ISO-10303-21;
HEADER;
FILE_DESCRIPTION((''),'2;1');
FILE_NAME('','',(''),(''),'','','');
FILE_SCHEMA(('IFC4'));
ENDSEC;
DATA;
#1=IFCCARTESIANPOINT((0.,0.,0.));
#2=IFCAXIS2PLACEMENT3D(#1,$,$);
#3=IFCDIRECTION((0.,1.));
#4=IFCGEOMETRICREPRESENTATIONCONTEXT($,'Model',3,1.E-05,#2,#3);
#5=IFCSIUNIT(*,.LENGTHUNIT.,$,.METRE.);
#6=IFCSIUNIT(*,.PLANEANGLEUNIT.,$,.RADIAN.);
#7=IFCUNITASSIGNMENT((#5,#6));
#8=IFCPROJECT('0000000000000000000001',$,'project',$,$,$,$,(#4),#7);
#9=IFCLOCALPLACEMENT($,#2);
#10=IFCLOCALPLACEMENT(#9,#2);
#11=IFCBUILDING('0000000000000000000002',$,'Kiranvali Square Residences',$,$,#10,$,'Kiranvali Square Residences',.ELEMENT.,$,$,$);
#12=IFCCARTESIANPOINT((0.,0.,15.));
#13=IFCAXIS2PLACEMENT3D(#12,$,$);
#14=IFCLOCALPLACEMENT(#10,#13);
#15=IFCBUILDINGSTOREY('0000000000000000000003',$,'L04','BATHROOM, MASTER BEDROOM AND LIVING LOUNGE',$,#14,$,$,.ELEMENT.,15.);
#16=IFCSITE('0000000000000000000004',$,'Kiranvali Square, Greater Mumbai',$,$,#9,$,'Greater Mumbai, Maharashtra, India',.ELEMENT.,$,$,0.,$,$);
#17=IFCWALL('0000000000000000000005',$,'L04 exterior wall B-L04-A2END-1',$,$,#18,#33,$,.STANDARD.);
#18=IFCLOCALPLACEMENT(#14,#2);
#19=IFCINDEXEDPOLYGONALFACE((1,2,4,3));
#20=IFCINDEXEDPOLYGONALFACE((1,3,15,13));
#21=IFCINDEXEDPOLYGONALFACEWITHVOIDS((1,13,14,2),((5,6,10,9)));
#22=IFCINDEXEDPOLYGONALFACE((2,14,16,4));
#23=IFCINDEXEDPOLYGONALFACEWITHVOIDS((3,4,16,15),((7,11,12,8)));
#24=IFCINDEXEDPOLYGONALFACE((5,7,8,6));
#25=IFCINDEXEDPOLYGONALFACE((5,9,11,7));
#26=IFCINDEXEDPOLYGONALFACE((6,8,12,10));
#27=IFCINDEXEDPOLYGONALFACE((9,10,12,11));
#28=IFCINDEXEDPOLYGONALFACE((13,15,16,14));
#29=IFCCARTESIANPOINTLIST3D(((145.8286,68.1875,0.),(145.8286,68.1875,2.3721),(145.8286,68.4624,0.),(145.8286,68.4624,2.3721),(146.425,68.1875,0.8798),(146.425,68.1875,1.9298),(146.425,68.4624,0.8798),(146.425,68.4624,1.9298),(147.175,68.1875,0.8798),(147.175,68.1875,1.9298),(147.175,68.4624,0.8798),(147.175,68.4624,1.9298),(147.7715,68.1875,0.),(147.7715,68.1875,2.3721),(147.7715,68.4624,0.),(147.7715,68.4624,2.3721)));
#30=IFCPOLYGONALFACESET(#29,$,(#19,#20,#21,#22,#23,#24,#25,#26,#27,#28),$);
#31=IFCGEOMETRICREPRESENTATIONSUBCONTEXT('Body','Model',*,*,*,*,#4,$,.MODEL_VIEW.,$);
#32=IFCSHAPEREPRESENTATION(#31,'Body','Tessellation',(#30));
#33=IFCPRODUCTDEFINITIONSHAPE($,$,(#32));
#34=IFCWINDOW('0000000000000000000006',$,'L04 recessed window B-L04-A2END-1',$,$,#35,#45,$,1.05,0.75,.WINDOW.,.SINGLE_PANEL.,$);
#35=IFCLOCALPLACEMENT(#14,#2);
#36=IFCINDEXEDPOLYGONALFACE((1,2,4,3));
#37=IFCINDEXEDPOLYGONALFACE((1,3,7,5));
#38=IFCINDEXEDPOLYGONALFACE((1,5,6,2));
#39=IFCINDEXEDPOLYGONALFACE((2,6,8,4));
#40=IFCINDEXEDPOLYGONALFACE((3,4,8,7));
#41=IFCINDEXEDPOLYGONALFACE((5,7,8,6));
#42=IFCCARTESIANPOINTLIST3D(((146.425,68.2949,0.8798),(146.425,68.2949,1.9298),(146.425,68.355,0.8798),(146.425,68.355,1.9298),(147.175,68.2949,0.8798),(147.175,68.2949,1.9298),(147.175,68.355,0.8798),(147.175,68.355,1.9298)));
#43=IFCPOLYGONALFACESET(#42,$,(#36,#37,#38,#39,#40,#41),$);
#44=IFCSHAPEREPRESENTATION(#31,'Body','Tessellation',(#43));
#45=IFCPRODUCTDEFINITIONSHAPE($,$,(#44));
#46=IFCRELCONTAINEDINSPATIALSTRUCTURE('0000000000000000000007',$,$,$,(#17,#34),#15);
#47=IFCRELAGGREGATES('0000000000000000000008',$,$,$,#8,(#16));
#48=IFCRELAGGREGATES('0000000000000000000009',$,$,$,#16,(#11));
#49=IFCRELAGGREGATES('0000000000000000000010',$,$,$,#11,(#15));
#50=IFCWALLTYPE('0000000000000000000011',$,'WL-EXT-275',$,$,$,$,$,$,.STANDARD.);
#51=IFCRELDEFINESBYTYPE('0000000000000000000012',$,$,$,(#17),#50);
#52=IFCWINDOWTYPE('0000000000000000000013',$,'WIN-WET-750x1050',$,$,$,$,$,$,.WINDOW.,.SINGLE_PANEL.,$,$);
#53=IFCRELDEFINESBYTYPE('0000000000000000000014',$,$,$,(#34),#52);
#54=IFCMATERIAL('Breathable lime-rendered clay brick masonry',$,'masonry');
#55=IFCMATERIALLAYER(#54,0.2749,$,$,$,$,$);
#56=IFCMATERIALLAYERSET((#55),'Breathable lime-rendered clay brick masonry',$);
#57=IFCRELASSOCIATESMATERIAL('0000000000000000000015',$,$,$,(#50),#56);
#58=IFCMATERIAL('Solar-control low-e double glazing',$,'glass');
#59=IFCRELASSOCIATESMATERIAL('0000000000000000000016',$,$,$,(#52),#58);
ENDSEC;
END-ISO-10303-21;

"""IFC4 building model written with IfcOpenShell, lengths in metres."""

from ifc_helpers import new_model, si_unit, direction, frame, frame_2d, origin, place, context, subcontext, project, spatial, rectangle, extrude, material, layer, layer_set, type_object, element, fill, save


model = new_model("IFC4")

# Units and contexts
model_context = context("Model", 3, precision=1e-05, world=origin(), true_north=direction((0.0, 1.0)))
body_context = subcontext(model_context, "Body", "Model", "MODEL_VIEW")
ifc_project = project(units=[si_unit("LENGTHUNIT", "METRE"), si_unit("PLANEANGLEUNIT", "RADIAN")], contexts=[model_context])

# Site, building, storey
site_placement = place(None, origin())
site = spatial("IfcSite", under=ifc_project, at=site_placement, Name="Kiranvali Square, Greater Mumbai", LongName="Greater Mumbai, Maharashtra, India", CompositionType="ELEMENT", RefElevation=0.0)
building_placement = place(site_placement, origin())
building = spatial("IfcBuilding", under=site, at=building_placement, Name="Kiranvali Square Residences", LongName="Kiranvali Square Residences", CompositionType="ELEMENT")
storey_placement = place(building_placement, frame((0.0, 0.0, 15.0)))
storey = spatial("IfcBuildingStorey", under=building, at=storey_placement, Name="L04", Description="BATHROOM, MASTER BEDROOM AND LIVING LOUNGE", CompositionType="ELEMENT", Elevation=15.0)

# Wall, opening, window
ifc_material_1 = material(Name="Breathable lime-rendered clay brick masonry", Category="masonry")
ifc_layer_1 = layer(ifc_material_1, 0.2749)
ifc_layer_set_1 = layer_set([ifc_layer_1], Name="Breathable lime-rendered clay brick masonry")
wall_type_1 = type_object("IfcWallType", Name="WL-EXT-275", PredefinedType="STANDARD", material=ifc_layer_set_1)
wall_1_placement = place(storey_placement, frame((145.8286, 68.325, 0.0), z_axis=(0.0, 0.0, 1.0), x_axis=(1.0, 0.0, 0.0)))
wall_1 = element("IfcWall", 1, at=wall_1_placement, inside=storey, type_object=wall_type_1, Name="L04 exterior wall B-L04-A2END-1", PredefinedType="STANDARD", context=body_context, shape_type="SweptSolid", body=[
    extrude(rectangle(XDim=1.9429, YDim=0.2749, at=frame_2d((0.9714, 0.0))), origin(), (0.0, 0.0, 1.0), 2.3721),
])
opening_1_placement = place(wall_1_placement, frame((0.5964, 0.0, 0.8799)))
opening_1 = element("IfcOpeningElement", 2, at=opening_1_placement, cuts=wall_1, PredefinedType="OPENING", context=body_context, shape_type="SweptSolid", body=[
    extrude(rectangle(XDim=0.75, YDim=1.05, at=frame_2d((0.375, 0.5249))), frame((0.0, 0.1475, 0.0), z_axis=(0.0, -1.0, 0.0), x_axis=(1.0, 0.0, 0.0)), (0.0, 0.0, 1.0), 0.2949),
])
ifc_material_2 = material(Name="Solar-control low-e double glazing", Category="glass")
window_type = type_object("IfcWindowType", Name="WIN-WET-750x1050", PartitioningType="SINGLE_PANEL", PredefinedType="WINDOW", material=ifc_material_2)
window_placement = place(opening_1_placement, origin())
window = element("IfcWindow", 3, at=window_placement, inside=storey, type_object=window_type, Name="L04 recessed window B-L04-A2END-1", OverallHeight=1.05, OverallWidth=0.75, PartitioningType="SINGLE_PANEL", PredefinedType="WINDOW", context=body_context, shape_type="SweptSolid", body=[
    extrude(rectangle(XDim=0.75, YDim=1.05, at=frame_2d((0.375, 0.5249))), frame((0.0, 0.03, 0.0), z_axis=(0.0, -1.0, 0.0), x_axis=(1.0, 0.0, 0.0)), (0.0, 0.0, 1.0), 0.0601),
])
fill(opening_1, window)

save(model, "model.ifc")
